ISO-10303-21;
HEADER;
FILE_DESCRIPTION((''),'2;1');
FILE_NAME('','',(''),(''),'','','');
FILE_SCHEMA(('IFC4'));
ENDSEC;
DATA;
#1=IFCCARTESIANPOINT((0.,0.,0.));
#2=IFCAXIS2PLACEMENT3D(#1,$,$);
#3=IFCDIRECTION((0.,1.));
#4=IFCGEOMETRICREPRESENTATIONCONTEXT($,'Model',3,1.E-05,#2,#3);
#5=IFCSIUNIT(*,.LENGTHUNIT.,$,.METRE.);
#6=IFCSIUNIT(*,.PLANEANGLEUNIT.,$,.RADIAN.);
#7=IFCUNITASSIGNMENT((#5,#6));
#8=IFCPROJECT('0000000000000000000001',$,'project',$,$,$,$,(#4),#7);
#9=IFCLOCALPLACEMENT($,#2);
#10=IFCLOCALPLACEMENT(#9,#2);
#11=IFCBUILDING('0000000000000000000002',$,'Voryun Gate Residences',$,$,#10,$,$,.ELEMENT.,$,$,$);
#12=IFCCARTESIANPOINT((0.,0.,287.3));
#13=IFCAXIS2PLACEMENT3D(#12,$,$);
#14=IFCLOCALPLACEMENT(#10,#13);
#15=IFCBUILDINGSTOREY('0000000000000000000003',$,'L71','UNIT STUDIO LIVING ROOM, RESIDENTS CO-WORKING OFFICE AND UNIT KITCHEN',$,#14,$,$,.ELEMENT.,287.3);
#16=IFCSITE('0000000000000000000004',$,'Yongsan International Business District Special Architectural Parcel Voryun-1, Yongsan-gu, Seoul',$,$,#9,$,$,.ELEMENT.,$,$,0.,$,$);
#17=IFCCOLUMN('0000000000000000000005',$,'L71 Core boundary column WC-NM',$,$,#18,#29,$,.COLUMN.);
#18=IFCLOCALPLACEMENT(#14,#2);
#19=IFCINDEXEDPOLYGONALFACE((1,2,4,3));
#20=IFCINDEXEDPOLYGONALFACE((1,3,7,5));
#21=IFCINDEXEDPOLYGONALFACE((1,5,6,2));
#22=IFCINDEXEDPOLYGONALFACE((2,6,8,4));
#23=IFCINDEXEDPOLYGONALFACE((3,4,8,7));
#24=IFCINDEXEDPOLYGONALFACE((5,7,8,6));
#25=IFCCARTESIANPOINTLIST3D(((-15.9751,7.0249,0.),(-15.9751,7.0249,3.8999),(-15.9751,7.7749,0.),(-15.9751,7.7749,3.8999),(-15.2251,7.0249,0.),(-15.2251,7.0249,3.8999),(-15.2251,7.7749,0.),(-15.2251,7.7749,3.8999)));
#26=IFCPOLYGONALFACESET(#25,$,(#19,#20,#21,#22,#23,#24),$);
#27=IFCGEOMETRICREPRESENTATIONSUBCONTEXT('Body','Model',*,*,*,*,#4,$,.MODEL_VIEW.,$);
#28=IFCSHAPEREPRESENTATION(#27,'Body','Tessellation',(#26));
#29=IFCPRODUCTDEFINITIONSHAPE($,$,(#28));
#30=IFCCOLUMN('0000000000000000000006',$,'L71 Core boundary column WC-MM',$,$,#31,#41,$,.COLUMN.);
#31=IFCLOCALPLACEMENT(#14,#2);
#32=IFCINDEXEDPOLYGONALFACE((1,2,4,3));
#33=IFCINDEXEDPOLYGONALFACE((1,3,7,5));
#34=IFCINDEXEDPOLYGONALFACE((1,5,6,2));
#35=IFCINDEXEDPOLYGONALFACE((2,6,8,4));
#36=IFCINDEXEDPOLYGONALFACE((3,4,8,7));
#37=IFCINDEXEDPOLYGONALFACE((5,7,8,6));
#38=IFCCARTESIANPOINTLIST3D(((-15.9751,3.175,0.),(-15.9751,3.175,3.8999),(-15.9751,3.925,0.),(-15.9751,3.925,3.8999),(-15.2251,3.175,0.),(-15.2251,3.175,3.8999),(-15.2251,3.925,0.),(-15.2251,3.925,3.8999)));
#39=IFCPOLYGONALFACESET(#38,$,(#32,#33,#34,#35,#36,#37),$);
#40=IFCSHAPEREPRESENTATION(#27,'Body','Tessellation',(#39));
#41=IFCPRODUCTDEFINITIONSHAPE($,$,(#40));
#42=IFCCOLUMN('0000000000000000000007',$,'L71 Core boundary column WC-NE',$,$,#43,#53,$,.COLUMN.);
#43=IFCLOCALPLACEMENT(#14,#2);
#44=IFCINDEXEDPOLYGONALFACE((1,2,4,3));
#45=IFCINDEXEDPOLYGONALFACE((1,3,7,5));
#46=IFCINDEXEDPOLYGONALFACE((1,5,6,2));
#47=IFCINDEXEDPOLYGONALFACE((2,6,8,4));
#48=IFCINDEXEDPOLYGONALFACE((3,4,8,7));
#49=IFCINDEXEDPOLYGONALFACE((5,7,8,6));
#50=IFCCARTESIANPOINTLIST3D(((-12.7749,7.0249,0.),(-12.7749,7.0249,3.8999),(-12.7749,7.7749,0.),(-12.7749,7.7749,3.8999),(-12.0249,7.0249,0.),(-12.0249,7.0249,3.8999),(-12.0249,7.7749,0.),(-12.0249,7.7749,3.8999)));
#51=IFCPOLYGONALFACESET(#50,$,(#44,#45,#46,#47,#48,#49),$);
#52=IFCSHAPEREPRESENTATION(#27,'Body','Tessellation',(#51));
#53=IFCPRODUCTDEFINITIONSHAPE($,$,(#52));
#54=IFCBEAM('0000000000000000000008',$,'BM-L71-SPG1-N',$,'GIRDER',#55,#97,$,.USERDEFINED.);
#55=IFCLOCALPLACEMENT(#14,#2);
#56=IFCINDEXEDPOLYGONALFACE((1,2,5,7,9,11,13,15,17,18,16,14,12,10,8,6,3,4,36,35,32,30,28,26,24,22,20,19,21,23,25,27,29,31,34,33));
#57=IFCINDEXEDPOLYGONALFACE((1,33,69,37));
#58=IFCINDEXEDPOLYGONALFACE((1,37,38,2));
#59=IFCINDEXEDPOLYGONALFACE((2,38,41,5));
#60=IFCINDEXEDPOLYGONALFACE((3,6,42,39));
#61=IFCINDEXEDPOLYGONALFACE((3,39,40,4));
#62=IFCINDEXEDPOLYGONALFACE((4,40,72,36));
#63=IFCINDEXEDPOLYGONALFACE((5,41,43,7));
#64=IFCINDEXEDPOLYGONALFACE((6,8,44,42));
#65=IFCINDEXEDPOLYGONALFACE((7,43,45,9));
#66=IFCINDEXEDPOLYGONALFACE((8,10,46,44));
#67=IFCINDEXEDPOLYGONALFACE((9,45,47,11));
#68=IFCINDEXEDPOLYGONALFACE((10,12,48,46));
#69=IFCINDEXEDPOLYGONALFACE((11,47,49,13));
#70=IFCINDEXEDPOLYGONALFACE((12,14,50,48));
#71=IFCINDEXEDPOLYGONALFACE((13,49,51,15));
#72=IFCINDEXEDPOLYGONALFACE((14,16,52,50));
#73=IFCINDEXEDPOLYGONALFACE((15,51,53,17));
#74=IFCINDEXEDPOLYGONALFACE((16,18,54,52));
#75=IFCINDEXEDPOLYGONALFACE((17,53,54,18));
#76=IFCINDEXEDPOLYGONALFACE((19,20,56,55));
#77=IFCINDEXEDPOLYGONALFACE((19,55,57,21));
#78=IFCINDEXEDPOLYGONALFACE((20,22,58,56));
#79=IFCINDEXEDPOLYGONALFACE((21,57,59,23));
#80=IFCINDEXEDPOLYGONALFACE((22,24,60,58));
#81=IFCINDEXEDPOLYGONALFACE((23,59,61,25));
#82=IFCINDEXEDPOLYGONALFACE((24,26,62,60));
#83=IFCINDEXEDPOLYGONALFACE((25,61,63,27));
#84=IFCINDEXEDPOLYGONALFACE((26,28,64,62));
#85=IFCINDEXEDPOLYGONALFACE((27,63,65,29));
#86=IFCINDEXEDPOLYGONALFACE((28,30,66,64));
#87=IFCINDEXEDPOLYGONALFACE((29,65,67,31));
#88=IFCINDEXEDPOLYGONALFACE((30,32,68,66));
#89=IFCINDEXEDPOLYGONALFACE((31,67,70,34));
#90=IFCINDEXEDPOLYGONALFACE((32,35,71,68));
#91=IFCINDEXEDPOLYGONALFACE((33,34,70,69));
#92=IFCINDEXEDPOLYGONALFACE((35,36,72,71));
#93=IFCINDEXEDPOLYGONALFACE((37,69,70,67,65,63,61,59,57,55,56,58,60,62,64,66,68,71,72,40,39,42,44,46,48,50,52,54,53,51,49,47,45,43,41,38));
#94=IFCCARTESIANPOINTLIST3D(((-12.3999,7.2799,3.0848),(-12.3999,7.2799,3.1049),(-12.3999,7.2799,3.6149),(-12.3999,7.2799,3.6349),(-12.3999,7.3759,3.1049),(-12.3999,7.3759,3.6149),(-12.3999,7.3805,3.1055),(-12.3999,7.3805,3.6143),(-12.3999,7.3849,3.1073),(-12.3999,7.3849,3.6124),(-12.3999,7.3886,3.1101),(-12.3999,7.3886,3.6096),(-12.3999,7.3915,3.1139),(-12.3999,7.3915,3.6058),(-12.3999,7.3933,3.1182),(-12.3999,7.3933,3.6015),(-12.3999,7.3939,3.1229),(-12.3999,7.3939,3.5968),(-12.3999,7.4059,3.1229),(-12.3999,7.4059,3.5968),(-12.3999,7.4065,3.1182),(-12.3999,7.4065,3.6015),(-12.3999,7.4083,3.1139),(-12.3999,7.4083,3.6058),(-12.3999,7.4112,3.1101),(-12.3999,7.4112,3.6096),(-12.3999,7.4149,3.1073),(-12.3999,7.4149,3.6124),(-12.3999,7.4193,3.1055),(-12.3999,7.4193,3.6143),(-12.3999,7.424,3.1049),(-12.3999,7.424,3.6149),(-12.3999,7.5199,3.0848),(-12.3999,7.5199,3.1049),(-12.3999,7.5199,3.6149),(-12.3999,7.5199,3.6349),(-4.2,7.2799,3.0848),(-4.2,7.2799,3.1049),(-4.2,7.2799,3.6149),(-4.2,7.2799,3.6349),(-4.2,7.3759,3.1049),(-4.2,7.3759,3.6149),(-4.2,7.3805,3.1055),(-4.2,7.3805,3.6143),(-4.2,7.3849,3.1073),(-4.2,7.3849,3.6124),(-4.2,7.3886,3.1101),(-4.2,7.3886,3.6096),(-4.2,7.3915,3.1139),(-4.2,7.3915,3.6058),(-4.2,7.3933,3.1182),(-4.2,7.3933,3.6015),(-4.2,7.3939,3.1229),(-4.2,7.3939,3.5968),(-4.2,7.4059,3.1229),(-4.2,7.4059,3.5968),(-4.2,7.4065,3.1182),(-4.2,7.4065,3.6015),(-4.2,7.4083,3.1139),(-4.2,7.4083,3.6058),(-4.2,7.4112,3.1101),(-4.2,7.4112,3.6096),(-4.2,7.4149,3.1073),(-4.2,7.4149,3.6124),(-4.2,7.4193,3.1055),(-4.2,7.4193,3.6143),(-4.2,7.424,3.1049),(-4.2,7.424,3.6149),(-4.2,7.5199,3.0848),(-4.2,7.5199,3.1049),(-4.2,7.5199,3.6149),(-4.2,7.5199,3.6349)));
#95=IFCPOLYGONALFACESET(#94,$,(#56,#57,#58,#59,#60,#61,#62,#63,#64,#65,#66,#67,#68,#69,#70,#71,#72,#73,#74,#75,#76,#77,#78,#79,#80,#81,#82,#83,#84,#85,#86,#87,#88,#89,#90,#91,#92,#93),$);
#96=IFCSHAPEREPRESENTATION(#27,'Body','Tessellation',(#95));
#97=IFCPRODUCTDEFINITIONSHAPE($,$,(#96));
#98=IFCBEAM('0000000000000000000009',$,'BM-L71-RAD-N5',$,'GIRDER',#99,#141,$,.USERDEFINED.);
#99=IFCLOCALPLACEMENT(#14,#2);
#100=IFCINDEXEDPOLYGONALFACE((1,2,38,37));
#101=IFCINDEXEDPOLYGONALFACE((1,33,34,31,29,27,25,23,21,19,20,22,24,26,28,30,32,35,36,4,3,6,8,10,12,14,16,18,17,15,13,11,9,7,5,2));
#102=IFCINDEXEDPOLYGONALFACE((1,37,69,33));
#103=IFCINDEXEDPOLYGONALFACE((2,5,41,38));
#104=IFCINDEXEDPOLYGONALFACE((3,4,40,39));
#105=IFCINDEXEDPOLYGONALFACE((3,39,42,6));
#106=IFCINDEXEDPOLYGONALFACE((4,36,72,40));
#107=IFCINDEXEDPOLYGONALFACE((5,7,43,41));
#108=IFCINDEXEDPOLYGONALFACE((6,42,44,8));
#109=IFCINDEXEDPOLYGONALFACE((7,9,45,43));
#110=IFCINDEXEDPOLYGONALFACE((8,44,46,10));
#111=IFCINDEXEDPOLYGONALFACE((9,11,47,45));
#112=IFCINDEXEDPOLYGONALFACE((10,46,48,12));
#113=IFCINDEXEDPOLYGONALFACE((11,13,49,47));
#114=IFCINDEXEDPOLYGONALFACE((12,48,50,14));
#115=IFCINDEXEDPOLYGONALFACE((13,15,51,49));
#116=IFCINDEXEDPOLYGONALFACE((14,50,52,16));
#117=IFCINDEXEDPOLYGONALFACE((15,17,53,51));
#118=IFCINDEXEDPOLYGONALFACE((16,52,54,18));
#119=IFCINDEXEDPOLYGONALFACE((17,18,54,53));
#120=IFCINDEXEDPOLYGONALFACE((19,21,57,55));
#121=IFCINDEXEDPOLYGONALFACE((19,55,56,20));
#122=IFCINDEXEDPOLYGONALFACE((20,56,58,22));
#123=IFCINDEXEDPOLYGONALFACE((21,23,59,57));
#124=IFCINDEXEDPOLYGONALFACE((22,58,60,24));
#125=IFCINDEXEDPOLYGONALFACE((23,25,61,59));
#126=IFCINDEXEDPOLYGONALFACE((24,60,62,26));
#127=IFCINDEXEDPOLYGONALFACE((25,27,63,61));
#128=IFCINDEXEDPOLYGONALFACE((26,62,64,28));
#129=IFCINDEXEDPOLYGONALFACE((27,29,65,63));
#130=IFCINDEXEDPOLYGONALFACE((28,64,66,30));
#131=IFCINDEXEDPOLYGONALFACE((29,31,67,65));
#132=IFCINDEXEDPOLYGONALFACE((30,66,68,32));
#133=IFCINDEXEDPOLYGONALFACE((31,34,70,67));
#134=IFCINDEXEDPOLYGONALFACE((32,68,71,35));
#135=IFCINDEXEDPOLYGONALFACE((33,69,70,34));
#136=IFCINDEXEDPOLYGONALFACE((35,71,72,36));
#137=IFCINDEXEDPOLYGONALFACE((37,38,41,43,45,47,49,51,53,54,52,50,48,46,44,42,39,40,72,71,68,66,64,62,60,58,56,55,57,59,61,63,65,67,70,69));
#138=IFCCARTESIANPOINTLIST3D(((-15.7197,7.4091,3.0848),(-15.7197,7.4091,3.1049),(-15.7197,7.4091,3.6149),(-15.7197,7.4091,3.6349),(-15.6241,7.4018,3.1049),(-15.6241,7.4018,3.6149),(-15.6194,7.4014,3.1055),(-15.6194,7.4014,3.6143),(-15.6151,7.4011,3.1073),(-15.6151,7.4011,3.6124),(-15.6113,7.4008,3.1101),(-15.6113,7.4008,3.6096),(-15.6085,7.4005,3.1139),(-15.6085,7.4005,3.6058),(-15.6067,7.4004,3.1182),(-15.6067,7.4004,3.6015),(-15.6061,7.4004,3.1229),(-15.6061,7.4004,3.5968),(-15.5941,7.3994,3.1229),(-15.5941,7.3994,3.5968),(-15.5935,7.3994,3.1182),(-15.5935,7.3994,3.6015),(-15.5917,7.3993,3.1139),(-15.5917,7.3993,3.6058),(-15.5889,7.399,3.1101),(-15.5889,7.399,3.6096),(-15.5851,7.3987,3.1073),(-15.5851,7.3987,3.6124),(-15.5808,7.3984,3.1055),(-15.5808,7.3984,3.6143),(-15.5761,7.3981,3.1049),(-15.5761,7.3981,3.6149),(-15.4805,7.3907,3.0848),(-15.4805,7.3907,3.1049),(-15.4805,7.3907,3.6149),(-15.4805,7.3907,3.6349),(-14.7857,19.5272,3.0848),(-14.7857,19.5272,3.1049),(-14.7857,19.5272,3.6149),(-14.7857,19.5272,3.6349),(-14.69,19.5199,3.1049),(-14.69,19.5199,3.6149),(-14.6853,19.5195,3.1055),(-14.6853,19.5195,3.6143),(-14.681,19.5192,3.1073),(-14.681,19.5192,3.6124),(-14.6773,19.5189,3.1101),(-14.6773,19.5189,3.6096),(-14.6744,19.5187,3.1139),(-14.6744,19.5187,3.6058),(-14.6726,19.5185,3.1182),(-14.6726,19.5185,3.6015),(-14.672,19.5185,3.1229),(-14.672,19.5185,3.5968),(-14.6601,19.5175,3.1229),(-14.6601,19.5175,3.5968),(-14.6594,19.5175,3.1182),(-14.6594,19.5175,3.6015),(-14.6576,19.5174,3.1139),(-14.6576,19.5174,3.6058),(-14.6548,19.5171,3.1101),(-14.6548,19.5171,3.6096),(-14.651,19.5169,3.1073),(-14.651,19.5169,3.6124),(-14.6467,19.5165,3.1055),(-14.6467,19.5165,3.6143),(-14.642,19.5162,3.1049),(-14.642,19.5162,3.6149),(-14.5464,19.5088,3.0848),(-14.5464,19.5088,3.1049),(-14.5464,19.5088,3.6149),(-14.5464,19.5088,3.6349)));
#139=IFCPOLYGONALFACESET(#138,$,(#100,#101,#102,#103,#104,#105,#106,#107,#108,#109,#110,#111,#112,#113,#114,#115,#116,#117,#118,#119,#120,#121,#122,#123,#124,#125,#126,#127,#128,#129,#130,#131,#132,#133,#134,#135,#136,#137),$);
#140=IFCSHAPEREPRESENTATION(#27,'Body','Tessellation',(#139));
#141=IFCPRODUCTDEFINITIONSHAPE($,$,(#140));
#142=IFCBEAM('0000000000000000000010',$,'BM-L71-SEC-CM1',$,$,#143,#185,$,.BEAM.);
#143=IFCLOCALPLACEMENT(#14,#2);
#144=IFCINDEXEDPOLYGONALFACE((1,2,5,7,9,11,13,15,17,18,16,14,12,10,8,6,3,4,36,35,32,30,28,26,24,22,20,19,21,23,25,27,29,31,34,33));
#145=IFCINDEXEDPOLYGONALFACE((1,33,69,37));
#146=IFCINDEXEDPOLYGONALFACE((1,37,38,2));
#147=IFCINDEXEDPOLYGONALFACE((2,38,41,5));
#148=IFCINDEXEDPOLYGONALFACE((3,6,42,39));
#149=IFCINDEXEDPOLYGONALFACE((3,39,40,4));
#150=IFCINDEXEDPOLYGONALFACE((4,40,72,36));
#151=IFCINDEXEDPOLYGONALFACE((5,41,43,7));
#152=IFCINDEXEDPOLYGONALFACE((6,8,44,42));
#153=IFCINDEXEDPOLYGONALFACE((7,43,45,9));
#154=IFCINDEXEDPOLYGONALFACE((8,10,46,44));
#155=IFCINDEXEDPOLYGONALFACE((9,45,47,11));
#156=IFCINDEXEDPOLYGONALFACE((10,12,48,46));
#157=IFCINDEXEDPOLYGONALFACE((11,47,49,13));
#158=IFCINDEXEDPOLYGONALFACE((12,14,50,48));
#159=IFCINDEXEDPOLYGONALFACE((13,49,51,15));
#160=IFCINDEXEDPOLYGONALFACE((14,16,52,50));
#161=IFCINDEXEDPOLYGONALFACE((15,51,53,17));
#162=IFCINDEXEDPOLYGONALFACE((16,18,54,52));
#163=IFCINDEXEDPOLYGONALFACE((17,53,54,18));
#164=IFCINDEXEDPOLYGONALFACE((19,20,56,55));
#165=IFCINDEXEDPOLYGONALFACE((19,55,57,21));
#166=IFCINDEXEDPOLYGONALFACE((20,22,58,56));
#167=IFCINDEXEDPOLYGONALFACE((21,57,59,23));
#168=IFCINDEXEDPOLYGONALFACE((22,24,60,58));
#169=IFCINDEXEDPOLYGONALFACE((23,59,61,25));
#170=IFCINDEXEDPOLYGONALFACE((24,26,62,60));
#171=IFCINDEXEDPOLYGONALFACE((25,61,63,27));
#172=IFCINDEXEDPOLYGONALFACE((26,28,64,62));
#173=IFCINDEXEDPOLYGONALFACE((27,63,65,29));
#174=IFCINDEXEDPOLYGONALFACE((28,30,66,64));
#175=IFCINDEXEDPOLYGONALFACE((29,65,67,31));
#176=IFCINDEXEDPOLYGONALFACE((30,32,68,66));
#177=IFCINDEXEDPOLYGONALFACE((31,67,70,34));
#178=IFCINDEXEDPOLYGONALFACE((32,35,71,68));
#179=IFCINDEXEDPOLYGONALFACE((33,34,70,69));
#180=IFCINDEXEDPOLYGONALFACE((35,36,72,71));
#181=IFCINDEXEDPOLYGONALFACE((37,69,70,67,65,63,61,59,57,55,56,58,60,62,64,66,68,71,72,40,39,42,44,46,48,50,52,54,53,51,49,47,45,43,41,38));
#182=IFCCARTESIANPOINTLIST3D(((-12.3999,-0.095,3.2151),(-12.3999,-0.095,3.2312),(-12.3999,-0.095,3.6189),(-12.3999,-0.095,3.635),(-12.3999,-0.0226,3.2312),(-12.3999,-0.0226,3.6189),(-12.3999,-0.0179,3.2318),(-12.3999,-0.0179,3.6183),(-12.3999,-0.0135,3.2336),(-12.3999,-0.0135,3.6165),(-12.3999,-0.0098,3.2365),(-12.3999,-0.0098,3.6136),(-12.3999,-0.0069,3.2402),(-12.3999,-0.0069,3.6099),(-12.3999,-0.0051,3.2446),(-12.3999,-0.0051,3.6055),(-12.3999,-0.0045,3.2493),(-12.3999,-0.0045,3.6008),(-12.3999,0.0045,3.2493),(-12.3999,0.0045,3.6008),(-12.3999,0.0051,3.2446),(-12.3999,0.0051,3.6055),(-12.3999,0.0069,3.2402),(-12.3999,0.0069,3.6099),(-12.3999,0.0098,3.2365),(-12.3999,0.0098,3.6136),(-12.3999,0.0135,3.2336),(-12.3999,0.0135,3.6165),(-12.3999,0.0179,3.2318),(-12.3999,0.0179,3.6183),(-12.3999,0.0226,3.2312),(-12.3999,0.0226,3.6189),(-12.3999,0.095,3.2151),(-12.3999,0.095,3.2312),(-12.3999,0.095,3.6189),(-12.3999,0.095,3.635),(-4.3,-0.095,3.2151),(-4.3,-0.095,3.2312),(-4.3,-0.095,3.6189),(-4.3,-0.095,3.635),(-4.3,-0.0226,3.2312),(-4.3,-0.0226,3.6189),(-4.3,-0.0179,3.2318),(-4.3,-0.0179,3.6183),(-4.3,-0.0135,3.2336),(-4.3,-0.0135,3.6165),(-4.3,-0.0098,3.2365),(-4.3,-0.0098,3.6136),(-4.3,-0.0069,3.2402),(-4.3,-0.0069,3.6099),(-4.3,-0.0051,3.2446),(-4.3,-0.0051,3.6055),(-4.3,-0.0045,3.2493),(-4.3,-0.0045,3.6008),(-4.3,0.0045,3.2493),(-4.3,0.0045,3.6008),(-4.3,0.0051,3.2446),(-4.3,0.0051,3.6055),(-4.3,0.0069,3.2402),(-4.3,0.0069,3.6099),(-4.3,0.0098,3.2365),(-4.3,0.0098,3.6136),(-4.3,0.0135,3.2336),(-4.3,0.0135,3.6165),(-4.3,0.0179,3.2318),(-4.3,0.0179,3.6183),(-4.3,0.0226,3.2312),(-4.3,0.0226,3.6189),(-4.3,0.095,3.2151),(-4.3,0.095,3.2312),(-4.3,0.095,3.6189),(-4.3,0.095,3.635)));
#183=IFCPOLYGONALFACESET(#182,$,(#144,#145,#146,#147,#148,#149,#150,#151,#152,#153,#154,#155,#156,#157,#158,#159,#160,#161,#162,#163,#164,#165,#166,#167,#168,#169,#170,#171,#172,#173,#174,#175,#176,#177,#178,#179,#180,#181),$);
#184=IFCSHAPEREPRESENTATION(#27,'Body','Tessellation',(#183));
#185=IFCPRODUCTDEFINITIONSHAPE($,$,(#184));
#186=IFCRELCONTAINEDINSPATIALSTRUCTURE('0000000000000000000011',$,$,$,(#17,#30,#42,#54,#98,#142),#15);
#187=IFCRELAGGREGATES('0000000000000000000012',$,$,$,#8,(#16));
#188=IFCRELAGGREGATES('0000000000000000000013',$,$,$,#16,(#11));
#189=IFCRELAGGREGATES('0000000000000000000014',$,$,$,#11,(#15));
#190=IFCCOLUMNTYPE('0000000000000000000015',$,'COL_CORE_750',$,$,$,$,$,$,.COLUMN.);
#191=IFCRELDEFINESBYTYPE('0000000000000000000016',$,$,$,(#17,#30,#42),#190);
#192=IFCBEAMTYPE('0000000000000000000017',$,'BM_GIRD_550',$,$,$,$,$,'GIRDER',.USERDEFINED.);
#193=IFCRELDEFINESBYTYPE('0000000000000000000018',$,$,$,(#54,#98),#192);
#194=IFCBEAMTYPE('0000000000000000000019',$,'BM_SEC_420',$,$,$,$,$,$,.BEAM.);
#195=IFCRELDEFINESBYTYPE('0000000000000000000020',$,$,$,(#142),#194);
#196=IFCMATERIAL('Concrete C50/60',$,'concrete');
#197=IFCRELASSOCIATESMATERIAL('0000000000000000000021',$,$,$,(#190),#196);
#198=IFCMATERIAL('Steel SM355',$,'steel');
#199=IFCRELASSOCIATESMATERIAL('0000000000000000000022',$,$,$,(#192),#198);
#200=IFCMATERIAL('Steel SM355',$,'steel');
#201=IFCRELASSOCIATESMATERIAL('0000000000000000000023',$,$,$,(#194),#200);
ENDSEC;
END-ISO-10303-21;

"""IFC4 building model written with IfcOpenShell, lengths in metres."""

from ifc_helpers import new_model, si_unit, direction, frame, origin, origin_2d, place, context, subcontext, project, spatial, rectangle, i_section, extrude, material, material_profile, profile_set, type_object, element, save


model = new_model("IFC4")

# Units and contexts
model_context = context("Model", 3, precision=1e-05, world=origin(), true_north=direction((0.0, 1.0)))
body_context = subcontext(model_context, "Body", "Model", "MODEL_VIEW")
ifc_project = project(units=[si_unit("LENGTHUNIT", "METRE"), si_unit("PLANEANGLEUNIT", "RADIAN")], contexts=[model_context])

# Site, building, storey
site_placement = place(None, origin())
site = spatial("IfcSite", under=ifc_project, at=site_placement, Name="Yongsan International Business District Special Architectural Parcel Voryun-1, Yongsan-gu, Seoul", CompositionType="ELEMENT", RefElevation=0.0)
building_placement = place(site_placement, origin())
building = spatial("IfcBuilding", under=site, at=building_placement, Name="Voryun Gate Residences", CompositionType="ELEMENT")
storey_placement = place(building_placement, frame((0.0, 0.0, 287.3)))
storey = spatial("IfcBuildingStorey", under=building, at=storey_placement, Name="L71", Description="UNIT STUDIO LIVING ROOM, RESIDENTS CO-WORKING OFFICE AND UNIT KITCHEN", CompositionType="ELEMENT", Elevation=287.3)

# Columns
ifc_material_1 = material(Name="Concrete C50/60", Category="concrete")
ifc_material_profile_1 = material_profile(ifc_material_1, rectangle(XDim=0.75, YDim=0.75, at=origin_2d()), Name="RC-750x750")
ifc_profile_set_1 = profile_set([ifc_material_profile_1], Name="Concrete C50/60")
column_type = type_object("IfcColumnType", Name="COL_CORE_750", PredefinedType="COLUMN", material=ifc_profile_set_1)
for number, where, z_axis, x_axis, name in (
    (1, (-15.6001, 7.3999, 0.0), (0.0, 0.0, 1.0), (1.0, 0.0, 0.0), "L71 Core boundary column WC-NM"),
    (2, (-15.6001, 3.55, 0.0), (0.0, 0.0, 1.0), (1.0, 0.0, 0.0), "L71 Core boundary column WC-MM"),
    (3, (-12.3999, 7.3999, 0.0), (0.0, 0.0, 1.0), (1.0, 0.0, 0.0), "L71 Core boundary column WC-NE"),
):
    element("IfcColumn", number, at=place(storey_placement, frame(where, z_axis=z_axis, x_axis=x_axis)), inside=storey, type_object=column_type, Name=name, PredefinedType="COLUMN", context=body_context, shape_type="SweptSolid", body=[
        extrude(rectangle(XDim=0.75, YDim=0.75, at=origin_2d()), origin(), (0.0, 0.0, 1.0), 3.8999),
    ])

# Beams
ifc_material_2 = material(Name="Steel SM355", Category="steel")
ifc_material_profile_2 = material_profile(ifc_material_2, i_section(OverallWidth=0.24, OverallDepth=0.55, WebThickness=0.012, FlangeThickness=0.02, FilletRadius=0.0181, at=origin_2d()), Name="H-550x240x12x20")
ifc_profile_set_2 = profile_set([ifc_material_profile_2], Name="Steel SM355")
beam_type_1 = type_object("IfcBeamType", Name="BM_GIRD_550", ElementType="GIRDER", PredefinedType="USERDEFINED", material=ifc_profile_set_2)
beam_1_placement = place(storey_placement, frame((-12.3999, 7.3999, 3.3599), z_axis=(1.0, 0.0, 0.0), x_axis=(0.0, 1.0, 0.0)))
element("IfcBeam", 4, at=beam_1_placement, inside=storey, type_object=beam_type_1, Name="BM-L71-SPG1-N", ObjectType="GIRDER", PredefinedType="USERDEFINED", context=body_context, shape_type="SweptSolid", body=[
    extrude(i_section(OverallWidth=0.24, OverallDepth=0.55, WebThickness=0.012, FlangeThickness=0.02, FilletRadius=0.0181, at=origin_2d()), origin(), (0.0, 0.0, 1.0), 8.2),
])
beam_2_placement = place(storey_placement, frame((-15.6001, 7.3999, 3.3599), z_axis=(0.076853, 0.997042, 0.0), x_axis=(-0.997042, 0.076853, 0.0)))
element("IfcBeam", 5, at=beam_2_placement, inside=storey, type_object=beam_type_1, Name="BM-L71-RAD-N5", ObjectType="GIRDER", PredefinedType="USERDEFINED", context=body_context, shape_type="SweptSolid", body=[
    extrude(i_section(OverallWidth=0.24, OverallDepth=0.55, WebThickness=0.012, FlangeThickness=0.02, FilletRadius=0.0181, at=origin_2d()), origin(), (0.0, 0.0, 1.0), 12.1541),
])
ifc_material_3 = material(Name="Steel SM355", Category="steel")
ifc_material_profile_3 = material_profile(ifc_material_3, i_section(OverallWidth=0.1899, OverallDepth=0.4199, WebThickness=0.009, FlangeThickness=0.0161, FilletRadius=0.0181, at=origin_2d()), Name="H-420x190x9x16")
ifc_profile_set_3 = profile_set([ifc_material_profile_3], Name="Steel SM355")
beam_type_2 = type_object("IfcBeamType", Name="BM_SEC_420", PredefinedType="BEAM", material=ifc_profile_set_3)
for number, where, z_axis, x_axis, name in (
    (6, (-12.3999, 0.0, 3.425), (1.0, 0.0, 0.0), (0.0, 1.0, 0.0), "BM-L71-SEC-CM1"),
):
    element("IfcBeam", number, at=place(storey_placement, frame(where, z_axis=z_axis, x_axis=x_axis)), inside=storey, type_object=beam_type_2, Name=name, PredefinedType="BEAM", context=body_context, shape_type="SweptSolid", body=[
        extrude(i_section(OverallWidth=0.1899, OverallDepth=0.4199, WebThickness=0.009, FlangeThickness=0.0161, FilletRadius=0.0181, at=origin_2d()), origin(), (0.0, 0.0, 1.0), 8.0999),
    ])

save(model, "model.ifc")
